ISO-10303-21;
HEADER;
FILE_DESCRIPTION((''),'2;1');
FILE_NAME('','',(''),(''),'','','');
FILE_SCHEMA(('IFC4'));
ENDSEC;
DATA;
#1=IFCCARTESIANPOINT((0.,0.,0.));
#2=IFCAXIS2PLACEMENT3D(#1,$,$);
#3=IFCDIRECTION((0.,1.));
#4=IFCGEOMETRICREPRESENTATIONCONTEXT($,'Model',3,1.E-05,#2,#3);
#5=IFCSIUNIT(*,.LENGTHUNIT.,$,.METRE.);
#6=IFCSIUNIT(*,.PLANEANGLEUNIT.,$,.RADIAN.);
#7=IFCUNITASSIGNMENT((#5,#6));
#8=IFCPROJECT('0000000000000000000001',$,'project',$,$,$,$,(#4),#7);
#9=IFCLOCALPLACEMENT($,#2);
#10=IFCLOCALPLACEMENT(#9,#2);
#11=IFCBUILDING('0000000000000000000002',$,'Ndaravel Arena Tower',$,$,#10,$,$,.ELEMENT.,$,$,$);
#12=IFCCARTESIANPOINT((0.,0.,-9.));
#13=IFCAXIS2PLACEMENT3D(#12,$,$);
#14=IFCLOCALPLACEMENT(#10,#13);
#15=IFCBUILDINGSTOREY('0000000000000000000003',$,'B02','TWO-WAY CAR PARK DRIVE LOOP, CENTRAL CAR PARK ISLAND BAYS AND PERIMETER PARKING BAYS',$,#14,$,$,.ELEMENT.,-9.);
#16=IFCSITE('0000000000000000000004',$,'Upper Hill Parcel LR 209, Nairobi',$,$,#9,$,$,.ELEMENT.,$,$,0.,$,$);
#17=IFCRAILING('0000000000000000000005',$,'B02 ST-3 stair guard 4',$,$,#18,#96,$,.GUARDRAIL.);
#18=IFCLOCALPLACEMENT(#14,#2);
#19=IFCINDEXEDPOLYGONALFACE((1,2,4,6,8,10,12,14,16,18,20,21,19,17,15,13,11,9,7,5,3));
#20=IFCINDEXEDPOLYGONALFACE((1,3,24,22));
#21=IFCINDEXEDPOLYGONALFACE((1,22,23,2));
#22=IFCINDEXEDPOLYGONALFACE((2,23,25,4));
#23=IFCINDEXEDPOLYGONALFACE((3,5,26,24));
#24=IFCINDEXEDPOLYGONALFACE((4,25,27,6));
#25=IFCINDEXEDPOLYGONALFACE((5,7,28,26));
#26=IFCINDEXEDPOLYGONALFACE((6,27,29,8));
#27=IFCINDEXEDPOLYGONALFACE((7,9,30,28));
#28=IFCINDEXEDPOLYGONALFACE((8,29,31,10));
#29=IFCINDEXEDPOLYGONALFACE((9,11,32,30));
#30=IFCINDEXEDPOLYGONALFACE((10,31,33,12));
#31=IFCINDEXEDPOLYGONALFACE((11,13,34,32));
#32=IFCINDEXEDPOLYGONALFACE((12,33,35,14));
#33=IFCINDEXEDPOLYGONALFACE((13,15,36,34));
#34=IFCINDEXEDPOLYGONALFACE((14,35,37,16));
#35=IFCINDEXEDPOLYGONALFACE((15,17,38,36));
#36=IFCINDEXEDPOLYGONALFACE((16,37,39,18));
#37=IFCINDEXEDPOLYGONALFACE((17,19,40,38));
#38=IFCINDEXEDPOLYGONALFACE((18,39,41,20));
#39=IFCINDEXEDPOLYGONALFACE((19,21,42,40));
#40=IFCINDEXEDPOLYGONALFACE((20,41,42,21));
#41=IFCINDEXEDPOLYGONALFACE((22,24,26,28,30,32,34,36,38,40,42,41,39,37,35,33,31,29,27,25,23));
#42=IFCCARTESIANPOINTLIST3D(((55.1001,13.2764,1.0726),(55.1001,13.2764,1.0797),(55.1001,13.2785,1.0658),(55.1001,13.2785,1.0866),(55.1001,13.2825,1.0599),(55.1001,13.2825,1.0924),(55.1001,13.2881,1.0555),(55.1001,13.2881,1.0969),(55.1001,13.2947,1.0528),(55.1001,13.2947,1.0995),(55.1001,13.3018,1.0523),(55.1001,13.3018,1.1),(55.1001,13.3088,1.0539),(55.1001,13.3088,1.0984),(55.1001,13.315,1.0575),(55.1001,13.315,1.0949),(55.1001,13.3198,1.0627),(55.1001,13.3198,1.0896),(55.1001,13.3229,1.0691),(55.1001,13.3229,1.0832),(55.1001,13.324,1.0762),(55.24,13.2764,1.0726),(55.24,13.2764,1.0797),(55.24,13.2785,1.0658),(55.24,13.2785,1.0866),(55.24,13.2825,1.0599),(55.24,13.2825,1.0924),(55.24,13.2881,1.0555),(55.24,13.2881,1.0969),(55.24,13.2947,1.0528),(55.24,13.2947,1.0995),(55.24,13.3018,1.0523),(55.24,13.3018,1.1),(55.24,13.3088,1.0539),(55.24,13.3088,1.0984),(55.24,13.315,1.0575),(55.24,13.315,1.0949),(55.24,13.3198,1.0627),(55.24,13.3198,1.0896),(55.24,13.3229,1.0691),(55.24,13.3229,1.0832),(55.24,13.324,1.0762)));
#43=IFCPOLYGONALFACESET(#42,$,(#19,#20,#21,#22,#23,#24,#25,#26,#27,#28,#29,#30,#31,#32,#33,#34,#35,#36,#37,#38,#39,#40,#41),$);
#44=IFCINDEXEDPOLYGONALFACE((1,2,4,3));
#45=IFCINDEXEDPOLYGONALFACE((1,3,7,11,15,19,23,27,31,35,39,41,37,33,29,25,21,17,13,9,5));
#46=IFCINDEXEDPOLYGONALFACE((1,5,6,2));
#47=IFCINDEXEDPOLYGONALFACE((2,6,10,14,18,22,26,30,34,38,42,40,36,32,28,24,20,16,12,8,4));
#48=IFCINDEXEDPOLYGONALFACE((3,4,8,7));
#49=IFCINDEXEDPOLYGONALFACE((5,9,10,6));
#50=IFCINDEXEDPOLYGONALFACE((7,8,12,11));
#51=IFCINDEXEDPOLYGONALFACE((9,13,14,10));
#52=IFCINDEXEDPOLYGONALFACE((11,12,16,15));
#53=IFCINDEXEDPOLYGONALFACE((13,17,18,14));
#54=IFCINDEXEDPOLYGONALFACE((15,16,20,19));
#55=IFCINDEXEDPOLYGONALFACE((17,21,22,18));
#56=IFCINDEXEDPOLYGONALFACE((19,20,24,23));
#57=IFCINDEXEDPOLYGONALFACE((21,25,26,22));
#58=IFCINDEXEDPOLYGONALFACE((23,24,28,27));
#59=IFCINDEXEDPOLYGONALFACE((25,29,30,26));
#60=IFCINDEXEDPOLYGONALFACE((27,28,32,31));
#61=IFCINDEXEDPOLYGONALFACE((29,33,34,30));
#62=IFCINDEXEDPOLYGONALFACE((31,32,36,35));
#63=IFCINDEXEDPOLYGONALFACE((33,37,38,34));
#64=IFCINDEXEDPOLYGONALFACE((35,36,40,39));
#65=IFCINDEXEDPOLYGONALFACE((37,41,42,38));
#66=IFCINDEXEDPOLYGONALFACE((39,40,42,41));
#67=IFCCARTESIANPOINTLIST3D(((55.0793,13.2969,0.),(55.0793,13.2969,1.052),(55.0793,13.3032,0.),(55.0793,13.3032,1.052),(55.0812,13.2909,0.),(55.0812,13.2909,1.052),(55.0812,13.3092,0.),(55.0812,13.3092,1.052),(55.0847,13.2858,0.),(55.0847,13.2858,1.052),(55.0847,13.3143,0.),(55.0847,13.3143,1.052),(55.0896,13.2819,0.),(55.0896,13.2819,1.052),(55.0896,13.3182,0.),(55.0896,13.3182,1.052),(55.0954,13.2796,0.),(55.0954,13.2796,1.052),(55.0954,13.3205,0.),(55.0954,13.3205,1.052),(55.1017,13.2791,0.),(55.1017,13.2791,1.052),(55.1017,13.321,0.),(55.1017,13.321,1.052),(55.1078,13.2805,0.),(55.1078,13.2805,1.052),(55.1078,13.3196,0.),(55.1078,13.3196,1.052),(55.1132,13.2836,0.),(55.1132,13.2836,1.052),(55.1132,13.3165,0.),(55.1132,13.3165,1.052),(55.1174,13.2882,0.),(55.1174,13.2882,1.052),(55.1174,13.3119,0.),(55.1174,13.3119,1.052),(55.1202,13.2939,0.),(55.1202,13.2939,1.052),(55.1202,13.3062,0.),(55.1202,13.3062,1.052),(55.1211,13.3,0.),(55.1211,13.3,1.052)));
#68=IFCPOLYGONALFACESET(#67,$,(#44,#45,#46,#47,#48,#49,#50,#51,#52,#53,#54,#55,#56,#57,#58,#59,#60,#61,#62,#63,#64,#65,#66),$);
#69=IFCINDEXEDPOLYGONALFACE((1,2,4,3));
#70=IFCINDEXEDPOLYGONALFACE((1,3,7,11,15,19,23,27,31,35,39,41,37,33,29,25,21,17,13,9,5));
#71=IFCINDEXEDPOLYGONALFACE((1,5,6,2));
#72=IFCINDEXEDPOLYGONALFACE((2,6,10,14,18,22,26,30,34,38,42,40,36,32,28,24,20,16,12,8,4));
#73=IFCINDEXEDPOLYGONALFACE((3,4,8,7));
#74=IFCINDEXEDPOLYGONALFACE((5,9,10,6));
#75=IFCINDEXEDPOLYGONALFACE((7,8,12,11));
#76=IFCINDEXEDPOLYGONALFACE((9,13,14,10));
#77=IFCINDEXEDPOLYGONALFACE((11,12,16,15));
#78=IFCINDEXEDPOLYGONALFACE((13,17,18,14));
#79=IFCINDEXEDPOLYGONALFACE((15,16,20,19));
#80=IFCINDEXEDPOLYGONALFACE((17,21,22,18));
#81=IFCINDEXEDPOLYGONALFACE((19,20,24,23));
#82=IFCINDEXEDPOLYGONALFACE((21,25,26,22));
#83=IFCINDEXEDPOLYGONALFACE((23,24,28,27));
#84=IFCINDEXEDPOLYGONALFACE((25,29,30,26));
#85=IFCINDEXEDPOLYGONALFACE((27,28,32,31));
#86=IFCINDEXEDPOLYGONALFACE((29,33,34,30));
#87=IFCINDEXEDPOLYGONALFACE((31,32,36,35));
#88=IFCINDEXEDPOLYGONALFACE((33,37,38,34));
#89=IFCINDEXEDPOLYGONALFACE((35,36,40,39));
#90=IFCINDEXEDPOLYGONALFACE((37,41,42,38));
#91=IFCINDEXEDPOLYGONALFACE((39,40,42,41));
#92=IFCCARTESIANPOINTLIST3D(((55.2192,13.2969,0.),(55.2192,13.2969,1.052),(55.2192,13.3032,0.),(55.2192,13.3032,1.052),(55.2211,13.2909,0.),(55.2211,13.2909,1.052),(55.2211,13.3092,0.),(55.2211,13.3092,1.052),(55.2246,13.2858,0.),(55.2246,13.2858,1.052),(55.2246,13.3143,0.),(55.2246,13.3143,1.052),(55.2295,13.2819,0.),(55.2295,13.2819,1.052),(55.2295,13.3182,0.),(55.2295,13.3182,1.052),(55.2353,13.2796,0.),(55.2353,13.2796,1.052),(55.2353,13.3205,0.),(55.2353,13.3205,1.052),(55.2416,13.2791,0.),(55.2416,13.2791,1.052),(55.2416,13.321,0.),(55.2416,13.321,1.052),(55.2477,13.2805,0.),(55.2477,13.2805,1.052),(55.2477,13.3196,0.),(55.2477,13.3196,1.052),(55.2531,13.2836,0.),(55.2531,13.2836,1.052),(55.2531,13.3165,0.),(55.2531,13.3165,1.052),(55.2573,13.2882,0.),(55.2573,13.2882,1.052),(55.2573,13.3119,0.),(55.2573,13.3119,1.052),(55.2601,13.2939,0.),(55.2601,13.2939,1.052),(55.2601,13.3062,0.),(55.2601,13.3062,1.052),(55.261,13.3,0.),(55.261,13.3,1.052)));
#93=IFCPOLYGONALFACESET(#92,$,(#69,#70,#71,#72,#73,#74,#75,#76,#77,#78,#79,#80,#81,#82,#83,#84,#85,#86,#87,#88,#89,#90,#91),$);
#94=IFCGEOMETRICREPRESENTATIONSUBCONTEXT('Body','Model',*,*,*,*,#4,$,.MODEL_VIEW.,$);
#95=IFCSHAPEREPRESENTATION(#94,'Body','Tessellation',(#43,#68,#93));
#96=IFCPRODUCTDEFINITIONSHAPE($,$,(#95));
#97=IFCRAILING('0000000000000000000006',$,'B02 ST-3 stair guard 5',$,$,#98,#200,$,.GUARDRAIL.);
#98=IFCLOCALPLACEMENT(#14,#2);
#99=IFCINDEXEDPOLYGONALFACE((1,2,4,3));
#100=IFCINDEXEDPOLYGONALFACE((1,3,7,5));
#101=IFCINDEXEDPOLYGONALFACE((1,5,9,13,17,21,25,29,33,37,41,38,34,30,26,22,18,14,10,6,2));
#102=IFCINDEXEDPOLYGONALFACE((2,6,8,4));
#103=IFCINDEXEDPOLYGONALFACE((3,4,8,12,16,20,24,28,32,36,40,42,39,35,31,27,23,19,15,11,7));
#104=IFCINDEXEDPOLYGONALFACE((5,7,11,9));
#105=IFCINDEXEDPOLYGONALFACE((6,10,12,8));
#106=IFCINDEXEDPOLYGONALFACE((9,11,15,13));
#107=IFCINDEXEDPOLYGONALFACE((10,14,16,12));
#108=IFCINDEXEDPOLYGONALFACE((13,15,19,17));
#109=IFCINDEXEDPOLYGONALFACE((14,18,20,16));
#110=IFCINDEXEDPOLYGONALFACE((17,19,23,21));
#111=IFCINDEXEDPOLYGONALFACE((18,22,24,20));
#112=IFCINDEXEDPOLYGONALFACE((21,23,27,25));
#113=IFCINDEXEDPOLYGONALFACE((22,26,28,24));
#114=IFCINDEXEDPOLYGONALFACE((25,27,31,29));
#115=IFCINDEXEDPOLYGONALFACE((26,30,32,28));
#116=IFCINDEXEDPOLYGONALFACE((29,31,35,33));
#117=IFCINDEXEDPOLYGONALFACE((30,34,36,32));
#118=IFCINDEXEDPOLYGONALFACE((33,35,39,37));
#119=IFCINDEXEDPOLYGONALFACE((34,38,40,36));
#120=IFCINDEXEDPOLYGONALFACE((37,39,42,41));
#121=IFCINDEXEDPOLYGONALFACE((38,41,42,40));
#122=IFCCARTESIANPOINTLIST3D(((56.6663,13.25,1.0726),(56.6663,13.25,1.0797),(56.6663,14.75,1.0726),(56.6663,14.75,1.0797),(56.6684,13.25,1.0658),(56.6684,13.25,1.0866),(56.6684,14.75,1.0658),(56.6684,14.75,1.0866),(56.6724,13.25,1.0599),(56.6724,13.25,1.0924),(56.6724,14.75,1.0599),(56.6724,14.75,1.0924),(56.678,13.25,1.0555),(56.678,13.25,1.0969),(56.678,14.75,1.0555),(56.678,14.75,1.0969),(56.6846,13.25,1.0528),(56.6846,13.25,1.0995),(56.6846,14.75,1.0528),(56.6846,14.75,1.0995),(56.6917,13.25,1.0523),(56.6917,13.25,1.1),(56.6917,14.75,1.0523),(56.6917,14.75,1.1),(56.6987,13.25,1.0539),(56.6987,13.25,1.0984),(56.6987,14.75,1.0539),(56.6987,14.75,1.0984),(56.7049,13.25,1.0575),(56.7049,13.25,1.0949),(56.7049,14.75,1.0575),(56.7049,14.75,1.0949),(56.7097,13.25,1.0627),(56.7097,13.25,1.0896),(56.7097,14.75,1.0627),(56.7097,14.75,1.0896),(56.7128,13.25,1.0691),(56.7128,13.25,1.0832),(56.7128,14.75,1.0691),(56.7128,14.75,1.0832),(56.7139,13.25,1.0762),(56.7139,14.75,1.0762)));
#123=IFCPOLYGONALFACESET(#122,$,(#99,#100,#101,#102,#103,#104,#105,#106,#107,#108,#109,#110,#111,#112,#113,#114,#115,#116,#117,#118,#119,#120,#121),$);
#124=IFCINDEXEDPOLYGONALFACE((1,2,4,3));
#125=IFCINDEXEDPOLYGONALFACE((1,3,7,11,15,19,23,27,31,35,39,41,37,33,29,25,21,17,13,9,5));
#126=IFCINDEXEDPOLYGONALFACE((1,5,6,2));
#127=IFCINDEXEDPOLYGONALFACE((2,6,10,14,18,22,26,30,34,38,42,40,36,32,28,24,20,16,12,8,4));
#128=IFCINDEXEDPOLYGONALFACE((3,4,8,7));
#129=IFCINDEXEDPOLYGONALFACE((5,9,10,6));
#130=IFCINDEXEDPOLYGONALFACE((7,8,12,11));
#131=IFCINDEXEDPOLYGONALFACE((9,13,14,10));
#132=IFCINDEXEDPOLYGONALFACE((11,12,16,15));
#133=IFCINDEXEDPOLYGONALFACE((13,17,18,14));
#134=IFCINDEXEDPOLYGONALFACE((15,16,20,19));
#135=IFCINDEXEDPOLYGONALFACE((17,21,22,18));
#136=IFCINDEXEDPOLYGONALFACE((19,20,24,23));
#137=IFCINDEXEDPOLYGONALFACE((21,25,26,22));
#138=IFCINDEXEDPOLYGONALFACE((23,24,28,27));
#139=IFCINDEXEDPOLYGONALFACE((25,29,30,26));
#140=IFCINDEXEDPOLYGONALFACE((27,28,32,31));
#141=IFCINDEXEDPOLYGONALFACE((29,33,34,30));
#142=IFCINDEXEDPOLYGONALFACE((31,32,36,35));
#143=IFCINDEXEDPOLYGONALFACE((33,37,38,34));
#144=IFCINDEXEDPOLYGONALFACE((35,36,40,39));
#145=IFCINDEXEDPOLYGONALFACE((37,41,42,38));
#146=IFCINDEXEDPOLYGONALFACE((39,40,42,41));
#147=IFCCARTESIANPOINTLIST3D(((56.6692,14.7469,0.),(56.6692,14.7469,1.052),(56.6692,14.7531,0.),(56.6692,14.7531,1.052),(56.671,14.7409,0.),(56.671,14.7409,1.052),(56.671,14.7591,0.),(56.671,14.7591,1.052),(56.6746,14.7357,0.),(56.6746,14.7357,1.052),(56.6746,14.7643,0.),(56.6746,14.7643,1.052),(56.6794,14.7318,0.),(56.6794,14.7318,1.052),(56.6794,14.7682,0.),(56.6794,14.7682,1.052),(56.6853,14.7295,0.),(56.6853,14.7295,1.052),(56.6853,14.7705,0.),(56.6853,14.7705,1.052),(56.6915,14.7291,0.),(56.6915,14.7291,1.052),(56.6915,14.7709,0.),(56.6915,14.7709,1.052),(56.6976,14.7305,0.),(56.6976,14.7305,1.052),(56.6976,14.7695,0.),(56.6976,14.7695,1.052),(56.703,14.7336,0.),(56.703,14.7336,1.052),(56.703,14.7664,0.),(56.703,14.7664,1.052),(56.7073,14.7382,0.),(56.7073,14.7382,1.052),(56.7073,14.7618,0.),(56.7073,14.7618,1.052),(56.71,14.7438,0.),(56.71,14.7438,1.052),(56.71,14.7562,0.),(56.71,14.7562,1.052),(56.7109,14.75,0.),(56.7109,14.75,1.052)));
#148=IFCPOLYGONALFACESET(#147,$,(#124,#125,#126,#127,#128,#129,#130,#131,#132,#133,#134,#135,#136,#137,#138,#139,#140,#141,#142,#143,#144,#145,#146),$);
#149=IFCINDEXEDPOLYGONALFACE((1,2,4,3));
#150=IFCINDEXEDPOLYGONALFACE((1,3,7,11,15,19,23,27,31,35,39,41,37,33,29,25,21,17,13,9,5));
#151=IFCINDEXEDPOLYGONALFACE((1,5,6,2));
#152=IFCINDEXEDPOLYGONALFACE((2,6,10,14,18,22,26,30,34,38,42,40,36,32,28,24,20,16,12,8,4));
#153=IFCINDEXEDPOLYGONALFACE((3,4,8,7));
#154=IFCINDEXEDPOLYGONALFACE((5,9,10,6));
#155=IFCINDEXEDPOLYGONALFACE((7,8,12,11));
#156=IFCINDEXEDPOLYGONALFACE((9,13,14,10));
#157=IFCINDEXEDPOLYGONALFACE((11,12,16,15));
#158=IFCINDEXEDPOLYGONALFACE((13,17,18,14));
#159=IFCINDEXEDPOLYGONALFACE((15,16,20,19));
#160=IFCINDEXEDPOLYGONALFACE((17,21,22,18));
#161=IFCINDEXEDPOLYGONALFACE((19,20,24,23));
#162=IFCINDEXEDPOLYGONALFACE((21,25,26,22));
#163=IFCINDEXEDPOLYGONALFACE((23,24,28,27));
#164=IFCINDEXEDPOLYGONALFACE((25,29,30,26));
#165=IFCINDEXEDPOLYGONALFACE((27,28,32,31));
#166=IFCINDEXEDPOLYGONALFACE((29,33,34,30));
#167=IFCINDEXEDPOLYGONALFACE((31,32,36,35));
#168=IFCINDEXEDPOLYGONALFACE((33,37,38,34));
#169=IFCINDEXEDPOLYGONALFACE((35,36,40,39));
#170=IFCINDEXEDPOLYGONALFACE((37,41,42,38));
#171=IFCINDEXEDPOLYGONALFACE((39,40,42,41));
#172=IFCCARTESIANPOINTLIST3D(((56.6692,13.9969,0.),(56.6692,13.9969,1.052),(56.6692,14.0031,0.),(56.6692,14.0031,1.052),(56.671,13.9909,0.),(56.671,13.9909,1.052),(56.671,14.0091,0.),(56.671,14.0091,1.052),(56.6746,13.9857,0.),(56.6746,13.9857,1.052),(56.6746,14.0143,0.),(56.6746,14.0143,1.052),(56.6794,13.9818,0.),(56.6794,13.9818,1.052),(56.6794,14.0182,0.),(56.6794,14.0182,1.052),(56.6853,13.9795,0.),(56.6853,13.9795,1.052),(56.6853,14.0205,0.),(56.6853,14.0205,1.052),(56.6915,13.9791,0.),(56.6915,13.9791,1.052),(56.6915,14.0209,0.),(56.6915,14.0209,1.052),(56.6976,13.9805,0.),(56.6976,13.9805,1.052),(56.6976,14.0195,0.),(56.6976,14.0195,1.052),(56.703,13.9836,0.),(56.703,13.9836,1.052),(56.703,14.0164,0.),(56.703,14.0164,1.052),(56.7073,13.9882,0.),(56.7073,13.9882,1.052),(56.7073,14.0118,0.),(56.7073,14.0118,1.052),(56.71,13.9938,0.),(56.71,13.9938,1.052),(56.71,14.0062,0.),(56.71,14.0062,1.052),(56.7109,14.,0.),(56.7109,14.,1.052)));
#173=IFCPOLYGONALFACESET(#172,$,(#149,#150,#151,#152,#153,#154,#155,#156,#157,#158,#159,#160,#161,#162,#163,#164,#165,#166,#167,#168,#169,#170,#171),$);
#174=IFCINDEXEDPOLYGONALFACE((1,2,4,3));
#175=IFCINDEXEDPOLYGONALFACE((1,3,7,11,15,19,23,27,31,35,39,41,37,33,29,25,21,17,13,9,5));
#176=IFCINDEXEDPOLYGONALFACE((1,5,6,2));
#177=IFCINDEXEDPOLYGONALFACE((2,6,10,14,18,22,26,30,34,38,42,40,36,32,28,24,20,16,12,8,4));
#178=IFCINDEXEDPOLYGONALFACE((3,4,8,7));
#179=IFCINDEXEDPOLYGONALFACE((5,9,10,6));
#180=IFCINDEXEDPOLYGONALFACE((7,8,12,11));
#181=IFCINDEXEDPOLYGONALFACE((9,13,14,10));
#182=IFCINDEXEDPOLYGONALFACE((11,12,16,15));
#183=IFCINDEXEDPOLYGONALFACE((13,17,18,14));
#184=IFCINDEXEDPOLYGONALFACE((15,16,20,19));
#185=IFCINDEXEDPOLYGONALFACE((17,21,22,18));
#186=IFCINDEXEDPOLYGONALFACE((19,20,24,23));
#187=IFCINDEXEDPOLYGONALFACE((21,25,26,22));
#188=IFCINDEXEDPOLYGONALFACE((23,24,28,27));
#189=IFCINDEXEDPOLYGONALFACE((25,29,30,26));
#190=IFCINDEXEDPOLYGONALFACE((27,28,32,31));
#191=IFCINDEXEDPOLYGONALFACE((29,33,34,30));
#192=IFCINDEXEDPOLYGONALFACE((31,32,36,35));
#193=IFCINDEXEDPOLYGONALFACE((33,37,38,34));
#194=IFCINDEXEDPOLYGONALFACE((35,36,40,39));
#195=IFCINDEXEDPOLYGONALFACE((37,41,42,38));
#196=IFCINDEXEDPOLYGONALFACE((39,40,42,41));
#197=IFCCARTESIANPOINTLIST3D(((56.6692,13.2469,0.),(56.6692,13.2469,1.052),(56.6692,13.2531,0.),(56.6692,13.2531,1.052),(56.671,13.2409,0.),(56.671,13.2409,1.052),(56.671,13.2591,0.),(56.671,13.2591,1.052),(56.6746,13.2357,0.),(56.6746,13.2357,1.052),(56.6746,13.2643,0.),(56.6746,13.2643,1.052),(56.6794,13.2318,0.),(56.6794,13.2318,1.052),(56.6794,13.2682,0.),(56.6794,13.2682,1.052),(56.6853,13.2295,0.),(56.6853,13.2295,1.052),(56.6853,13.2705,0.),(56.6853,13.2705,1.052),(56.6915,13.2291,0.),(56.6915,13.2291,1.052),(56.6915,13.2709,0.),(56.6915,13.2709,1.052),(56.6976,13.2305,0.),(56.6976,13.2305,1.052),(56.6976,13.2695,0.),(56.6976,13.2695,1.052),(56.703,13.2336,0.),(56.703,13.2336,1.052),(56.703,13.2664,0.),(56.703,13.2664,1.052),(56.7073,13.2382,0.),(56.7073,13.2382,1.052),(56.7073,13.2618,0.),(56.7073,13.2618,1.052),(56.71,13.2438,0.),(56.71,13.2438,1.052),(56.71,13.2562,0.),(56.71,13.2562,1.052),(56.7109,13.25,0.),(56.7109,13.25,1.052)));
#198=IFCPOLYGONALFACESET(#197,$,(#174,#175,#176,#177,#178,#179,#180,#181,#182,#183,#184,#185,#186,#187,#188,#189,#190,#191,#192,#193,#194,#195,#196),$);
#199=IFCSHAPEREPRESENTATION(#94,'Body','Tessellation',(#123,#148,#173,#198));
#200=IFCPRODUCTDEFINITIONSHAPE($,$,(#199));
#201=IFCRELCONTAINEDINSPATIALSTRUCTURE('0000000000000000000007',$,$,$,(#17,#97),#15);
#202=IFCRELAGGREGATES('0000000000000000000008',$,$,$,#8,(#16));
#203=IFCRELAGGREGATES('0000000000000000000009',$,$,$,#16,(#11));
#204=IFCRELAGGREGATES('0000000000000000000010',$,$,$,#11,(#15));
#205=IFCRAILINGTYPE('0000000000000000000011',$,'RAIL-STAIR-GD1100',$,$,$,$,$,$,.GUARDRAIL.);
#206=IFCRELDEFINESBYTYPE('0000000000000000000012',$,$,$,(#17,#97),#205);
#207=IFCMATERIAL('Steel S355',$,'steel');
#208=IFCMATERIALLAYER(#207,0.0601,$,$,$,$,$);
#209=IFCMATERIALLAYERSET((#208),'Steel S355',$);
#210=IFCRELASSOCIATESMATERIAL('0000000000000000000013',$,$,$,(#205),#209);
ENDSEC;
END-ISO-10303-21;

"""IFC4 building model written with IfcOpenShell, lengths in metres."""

from ifc_helpers import new_model, si_unit, direction, frame, origin, origin_2d, place, context, subcontext, project, spatial, circle, extrude, material, layer, layer_set, type_object, element, save


model = new_model("IFC4")

# Units and contexts
model_context = context("Model", 3, precision=1e-05, world=origin(), true_north=direction((0.0, 1.0)))
body_context = subcontext(model_context, "Body", "Model", "MODEL_VIEW")
ifc_project = project(units=[si_unit("LENGTHUNIT", "METRE"), si_unit("PLANEANGLEUNIT", "RADIAN")], contexts=[model_context])

# Site, building, storey
site_placement = place(None, origin())
site = spatial("IfcSite", under=ifc_project, at=site_placement, Name="Upper Hill Parcel LR 209, Nairobi", CompositionType="ELEMENT", RefElevation=0.0)
building_placement = place(site_placement, origin())
building = spatial("IfcBuilding", under=site, at=building_placement, Name="Ndaravel Arena Tower", CompositionType="ELEMENT")
storey_placement = place(building_placement, frame((0.0, 0.0, -9.0)))
storey = spatial("IfcBuildingStorey", under=building, at=storey_placement, Name="B02", Description="TWO-WAY CAR PARK DRIVE LOOP, CENTRAL CAR PARK ISLAND BAYS AND PERIMETER PARKING BAYS", CompositionType="ELEMENT", Elevation=-9.0)

# Railings
ifc_material_1 = material(Name="Steel S355", Category="steel")
ifc_layer_1 = layer(ifc_material_1, 0.0601)
ifc_layer_set_1 = layer_set([ifc_layer_1], Name="Steel S355")
railing_type_1 = type_object("IfcRailingType", Name="RAIL-STAIR-GD1100", PredefinedType="GUARDRAIL", material=ifc_layer_set_1)
railing_1_placement = place(storey_placement, frame((55.1001, 13.3, 0.0)))
element("IfcRailing", 1, at=railing_1_placement, inside=storey, type_object=railing_type_1, Name="B02 ST-3 stair guard 4", PredefinedType="GUARDRAIL", context=body_context, shape_type="SweptSolid", body=[
    extrude(circle(Radius=0.0239, at=origin_2d()), frame((0.0, 0.0, 1.0762), z_axis=(1.0, 0.0, 0.0), x_axis=(0.0, 1.0, 0.0)), (0.0, 0.0, 1.0), 0.1399),
    extrude(circle(Radius=0.021, at=origin_2d()), origin(), (0.0, 0.0, 1.0), 1.052),
    extrude(circle(Radius=0.021, at=origin_2d()), frame((0.1399, 0.0, 0.0)), (0.0, 0.0, 1.0), 1.052),
])
railing_2_placement = place(storey_placement, frame((56.6899, 14.75, 0.0)))
element("IfcRailing", 2, at=railing_2_placement, inside=storey, type_object=railing_type_1, Name="B02 ST-3 stair guard 5", PredefinedType="GUARDRAIL", context=body_context, shape_type="SweptSolid", body=[
    extrude(circle(Radius=0.0239, at=origin_2d()), frame((0.0, 0.0, 1.0762), z_axis=(0.0, -1.0, 0.0), x_axis=(1.0, 0.0, 0.0)), (0.0, 0.0, 1.0), 1.5),
    extrude(circle(Radius=0.021, at=origin_2d()), origin(), (0.0, 0.0, 1.0), 1.052),
    extrude(circle(Radius=0.021, at=origin_2d()), frame((0.0, -0.75, 0.0)), (0.0, 0.0, 1.0), 1.052),
    extrude(circle(Radius=0.021, at=origin_2d()), frame((0.0, -1.5, 0.0)), (0.0, 0.0, 1.0), 1.052),
])

save(model, "model.ifc")
